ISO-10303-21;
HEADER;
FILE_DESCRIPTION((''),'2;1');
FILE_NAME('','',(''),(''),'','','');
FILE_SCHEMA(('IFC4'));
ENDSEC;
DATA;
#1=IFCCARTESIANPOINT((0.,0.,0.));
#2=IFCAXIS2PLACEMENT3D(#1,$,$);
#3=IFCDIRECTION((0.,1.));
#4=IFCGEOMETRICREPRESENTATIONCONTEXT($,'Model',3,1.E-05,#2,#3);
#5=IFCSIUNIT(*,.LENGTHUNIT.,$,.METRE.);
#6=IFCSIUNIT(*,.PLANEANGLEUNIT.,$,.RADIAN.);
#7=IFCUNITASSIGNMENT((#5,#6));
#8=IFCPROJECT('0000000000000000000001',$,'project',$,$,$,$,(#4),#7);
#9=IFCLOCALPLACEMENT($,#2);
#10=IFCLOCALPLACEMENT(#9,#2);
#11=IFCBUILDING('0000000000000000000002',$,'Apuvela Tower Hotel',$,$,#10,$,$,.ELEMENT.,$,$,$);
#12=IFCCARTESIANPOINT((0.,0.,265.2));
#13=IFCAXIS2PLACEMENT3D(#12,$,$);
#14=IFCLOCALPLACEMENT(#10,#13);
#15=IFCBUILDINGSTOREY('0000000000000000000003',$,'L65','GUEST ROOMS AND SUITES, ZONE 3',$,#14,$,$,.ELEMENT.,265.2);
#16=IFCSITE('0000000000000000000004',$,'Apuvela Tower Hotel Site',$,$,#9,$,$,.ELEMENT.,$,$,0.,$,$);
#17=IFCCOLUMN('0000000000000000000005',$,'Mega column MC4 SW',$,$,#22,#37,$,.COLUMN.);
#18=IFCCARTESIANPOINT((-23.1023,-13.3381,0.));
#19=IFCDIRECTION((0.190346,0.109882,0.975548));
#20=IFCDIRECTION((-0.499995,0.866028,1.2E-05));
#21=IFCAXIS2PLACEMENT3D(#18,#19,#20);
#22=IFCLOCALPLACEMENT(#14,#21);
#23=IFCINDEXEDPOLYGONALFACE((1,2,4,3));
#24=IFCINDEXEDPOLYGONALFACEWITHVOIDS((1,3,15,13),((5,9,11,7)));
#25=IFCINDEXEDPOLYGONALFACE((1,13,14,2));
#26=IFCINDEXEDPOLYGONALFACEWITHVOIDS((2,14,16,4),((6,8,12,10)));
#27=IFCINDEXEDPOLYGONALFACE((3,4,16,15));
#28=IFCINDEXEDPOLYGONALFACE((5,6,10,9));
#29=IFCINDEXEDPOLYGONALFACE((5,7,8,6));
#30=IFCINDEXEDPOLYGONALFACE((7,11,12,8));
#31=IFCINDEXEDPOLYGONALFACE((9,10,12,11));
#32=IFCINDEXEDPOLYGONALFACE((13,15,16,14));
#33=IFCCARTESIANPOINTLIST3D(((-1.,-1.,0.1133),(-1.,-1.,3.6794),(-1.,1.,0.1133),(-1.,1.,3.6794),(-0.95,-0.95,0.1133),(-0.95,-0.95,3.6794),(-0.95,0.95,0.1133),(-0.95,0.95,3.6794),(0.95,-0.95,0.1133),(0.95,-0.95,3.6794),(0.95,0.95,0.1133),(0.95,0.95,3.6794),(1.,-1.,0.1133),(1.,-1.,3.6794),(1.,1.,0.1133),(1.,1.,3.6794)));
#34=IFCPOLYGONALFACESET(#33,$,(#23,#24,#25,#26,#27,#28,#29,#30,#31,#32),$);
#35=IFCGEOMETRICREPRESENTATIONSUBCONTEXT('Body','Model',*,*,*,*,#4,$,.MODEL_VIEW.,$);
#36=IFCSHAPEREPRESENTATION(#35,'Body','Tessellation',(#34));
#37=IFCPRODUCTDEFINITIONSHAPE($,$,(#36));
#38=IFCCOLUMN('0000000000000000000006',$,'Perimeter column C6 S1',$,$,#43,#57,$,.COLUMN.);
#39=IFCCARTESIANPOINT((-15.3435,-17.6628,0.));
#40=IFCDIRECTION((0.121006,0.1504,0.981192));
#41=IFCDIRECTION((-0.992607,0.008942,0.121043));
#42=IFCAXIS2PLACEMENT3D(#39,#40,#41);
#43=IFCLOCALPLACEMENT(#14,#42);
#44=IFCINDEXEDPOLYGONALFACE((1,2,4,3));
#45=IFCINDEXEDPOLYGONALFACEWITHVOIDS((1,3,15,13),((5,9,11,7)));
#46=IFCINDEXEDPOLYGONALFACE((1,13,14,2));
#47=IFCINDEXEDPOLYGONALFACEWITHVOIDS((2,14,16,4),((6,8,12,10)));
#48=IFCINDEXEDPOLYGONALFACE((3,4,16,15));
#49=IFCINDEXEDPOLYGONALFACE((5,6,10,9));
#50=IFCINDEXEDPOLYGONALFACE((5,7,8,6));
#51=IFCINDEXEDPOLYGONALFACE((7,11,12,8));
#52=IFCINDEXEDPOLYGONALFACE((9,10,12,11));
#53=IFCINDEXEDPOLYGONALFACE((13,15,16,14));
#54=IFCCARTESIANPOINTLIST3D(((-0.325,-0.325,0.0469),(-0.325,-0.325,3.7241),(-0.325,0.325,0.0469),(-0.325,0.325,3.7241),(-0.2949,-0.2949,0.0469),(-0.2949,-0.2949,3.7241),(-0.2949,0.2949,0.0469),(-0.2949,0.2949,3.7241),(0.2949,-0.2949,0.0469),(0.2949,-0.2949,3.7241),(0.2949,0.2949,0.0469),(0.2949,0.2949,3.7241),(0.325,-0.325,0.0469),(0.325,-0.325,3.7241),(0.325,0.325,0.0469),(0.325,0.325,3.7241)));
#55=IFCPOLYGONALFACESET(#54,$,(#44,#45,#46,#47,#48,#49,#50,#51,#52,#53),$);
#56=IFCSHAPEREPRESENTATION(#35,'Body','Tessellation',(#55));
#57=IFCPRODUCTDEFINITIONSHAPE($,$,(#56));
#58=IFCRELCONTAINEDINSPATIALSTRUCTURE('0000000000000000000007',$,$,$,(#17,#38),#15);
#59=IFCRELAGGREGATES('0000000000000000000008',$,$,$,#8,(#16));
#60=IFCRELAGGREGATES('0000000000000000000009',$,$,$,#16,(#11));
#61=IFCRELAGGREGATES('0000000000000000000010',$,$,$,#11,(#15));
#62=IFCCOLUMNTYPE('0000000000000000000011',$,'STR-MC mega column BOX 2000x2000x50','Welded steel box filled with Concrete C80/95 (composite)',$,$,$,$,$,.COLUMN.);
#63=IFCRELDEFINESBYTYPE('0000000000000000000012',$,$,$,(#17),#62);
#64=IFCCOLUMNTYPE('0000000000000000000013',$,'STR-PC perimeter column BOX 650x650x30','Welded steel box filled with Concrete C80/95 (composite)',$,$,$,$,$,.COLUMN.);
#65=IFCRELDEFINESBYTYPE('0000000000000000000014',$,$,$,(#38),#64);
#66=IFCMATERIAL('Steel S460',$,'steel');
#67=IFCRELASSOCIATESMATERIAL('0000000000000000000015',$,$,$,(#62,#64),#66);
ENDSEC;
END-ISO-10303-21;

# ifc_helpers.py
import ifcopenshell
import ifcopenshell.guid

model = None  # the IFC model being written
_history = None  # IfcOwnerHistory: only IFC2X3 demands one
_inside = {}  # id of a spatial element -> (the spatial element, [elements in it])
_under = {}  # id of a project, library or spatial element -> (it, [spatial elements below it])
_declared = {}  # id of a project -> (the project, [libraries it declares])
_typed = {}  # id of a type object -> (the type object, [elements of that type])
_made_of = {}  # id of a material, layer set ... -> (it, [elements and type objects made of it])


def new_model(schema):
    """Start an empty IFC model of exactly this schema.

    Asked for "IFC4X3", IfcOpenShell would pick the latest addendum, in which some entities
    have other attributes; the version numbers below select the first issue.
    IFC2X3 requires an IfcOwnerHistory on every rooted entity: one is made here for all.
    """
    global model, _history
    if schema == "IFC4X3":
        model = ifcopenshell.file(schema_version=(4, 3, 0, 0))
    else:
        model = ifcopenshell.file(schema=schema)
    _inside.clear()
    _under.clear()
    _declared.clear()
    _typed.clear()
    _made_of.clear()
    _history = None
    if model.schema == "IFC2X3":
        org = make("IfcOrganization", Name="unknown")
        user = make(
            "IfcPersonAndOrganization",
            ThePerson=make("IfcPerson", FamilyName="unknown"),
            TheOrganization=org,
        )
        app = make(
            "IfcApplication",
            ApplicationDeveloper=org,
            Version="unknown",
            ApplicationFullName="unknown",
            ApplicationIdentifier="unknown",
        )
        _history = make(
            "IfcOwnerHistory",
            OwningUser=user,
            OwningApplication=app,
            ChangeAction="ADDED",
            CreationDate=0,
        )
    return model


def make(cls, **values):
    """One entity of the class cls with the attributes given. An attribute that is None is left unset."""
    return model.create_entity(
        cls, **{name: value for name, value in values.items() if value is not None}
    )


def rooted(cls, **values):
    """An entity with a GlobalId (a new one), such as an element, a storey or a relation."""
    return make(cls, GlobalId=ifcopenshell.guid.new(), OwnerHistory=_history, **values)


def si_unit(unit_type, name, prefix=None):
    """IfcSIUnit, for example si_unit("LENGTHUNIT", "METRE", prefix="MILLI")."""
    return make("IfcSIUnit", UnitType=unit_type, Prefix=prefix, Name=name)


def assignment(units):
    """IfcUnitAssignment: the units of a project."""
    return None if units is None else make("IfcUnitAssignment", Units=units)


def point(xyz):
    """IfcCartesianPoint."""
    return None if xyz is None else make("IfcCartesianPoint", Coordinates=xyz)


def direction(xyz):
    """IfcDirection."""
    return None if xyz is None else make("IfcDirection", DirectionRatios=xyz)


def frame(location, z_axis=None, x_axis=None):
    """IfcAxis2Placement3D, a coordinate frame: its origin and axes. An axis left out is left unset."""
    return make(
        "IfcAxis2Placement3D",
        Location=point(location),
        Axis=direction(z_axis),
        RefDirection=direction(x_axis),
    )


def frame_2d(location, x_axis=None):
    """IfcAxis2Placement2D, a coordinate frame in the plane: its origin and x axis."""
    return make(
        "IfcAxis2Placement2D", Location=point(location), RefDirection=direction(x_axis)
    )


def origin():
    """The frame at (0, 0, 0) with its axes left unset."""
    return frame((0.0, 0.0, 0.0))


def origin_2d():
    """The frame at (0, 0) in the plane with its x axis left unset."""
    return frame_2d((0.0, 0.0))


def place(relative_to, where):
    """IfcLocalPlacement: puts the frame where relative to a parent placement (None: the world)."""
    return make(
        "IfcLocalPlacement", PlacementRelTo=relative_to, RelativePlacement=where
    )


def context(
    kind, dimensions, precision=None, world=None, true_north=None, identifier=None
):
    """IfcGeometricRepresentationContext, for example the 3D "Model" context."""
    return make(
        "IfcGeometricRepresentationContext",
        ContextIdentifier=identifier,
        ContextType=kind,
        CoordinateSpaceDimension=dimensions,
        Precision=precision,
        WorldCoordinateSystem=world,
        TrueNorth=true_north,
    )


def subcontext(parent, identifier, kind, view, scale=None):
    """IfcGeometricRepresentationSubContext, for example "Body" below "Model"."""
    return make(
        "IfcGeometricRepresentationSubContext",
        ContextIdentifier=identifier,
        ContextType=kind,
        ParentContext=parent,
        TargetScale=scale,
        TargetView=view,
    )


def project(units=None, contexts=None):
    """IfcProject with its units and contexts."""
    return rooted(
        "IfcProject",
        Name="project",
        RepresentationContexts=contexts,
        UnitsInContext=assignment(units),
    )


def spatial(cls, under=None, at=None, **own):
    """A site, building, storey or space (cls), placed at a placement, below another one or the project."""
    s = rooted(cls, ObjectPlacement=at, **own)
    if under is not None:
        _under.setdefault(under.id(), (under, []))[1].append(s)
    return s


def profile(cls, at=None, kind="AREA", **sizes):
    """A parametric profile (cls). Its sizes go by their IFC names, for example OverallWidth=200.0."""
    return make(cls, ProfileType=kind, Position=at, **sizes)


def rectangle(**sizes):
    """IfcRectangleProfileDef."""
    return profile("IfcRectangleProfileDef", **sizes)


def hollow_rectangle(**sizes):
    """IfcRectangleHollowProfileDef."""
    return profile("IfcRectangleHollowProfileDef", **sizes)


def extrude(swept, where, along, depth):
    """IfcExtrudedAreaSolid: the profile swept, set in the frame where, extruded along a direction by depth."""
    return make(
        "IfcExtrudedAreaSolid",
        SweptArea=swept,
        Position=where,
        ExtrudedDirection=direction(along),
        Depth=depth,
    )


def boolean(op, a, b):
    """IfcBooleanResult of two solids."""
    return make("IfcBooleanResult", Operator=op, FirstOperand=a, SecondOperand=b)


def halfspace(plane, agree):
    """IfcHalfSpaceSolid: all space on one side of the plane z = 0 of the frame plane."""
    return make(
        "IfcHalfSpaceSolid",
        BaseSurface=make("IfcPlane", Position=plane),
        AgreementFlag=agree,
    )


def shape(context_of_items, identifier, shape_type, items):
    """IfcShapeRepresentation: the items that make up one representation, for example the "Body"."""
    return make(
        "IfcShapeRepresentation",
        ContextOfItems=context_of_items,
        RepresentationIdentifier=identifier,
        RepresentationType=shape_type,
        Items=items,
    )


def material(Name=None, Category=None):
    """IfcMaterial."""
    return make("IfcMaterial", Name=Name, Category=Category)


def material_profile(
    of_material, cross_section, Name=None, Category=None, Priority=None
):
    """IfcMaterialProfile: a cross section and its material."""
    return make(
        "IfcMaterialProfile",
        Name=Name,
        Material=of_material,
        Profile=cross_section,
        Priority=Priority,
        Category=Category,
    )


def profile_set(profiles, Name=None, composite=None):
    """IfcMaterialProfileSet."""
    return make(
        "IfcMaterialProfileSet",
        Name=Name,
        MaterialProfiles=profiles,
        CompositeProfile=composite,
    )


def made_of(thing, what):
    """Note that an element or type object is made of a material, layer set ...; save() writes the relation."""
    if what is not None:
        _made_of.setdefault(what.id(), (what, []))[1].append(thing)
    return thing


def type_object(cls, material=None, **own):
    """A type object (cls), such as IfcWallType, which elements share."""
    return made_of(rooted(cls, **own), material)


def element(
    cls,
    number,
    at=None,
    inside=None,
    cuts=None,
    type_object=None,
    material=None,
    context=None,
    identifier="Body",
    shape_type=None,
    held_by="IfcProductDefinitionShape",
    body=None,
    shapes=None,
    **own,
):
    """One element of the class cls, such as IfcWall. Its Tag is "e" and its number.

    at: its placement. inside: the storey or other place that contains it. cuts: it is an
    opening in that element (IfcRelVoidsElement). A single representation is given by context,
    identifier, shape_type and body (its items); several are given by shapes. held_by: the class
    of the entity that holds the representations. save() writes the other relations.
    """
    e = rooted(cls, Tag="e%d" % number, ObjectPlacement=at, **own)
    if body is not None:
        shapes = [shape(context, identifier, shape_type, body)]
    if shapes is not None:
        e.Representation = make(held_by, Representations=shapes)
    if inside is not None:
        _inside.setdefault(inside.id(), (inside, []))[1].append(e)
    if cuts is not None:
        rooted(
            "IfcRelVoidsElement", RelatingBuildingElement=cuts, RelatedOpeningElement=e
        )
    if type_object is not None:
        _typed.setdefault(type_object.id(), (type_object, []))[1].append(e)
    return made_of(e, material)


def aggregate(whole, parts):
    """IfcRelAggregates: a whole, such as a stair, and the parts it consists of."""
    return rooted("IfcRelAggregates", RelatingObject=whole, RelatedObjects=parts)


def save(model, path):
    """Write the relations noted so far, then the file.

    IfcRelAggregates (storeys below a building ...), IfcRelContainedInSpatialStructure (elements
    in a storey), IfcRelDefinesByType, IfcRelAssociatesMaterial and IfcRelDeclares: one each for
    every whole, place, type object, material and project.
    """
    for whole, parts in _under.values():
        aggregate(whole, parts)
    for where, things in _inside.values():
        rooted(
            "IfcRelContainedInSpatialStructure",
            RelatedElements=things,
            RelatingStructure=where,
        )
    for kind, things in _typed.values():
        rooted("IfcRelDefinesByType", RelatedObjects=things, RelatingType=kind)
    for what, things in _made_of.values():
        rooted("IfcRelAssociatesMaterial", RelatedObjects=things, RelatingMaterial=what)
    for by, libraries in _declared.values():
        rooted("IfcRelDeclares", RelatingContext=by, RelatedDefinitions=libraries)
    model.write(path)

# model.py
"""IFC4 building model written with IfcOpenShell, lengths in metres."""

from ifc_helpers import new_model, si_unit, direction, frame, origin, origin_2d, place, context, subcontext, project, spatial, rectangle, hollow_rectangle, extrude, boolean, halfspace, material, material_profile, profile_set, type_object, element, save


model = new_model("IFC4")

# Units and contexts
model_context = context("Model", 3, precision=1e-05, world=origin(), true_north=direction((0.0, 1.0)))
body_context = subcontext(model_context, "Body", "Model", "MODEL_VIEW")
ifc_project = project(units=[si_unit("LENGTHUNIT", "METRE"), si_unit("PLANEANGLEUNIT", "RADIAN")], contexts=[model_context])

# Site, building, storey
site_placement = place(None, origin())
site = spatial("IfcSite", under=ifc_project, at=site_placement, Name="Apuvela Tower Hotel Site", CompositionType="ELEMENT", RefElevation=0.0)
building_placement = place(site_placement, origin())
building = spatial("IfcBuilding", under=site, at=building_placement, Name="Apuvela Tower Hotel", CompositionType="ELEMENT")
storey_placement = place(building_placement, frame((0.0, 0.0, 265.2)))
storey = spatial("IfcBuildingStorey", under=building, at=storey_placement, Name="L65", Description="GUEST ROOMS AND SUITES, ZONE 3", CompositionType="ELEMENT", Elevation=265.2)

# Columns
ifc_material_1 = material(Name="Steel S460", Category="steel")
ifc_material_profile_1 = material_profile(ifc_material_1, hollow_rectangle(XDim=2.0, YDim=2.0, WallThickness=0.05, at=origin_2d()), Name="BOX 2000x2000x50")
ifc_material_2 = material(Name="Concrete C80/95", Category="concrete")
ifc_material_profile_2 = material_profile(ifc_material_2, rectangle(XDim=1.8999, YDim=1.8999, at=origin_2d()), Name="Concrete C80/95 infill")
ifc_profile_set_1 = profile_set([ifc_material_profile_1, ifc_material_profile_2], Name="Steel S460")
column_type_1 = type_object("IfcColumnType", Name="STR-MC mega column BOX 2000x2000x50", Description="Welded steel box filled with Concrete C80/95 (composite)", PredefinedType="COLUMN", material=ifc_profile_set_1)
column_1_placement = place(storey_placement, frame((-23.1023, -13.3381, 0.0), z_axis=(0.190346, 0.109882, 0.975548), x_axis=(-0.499995, 0.866028, 0.000012)))
element("IfcColumn", 1, at=column_1_placement, inside=storey, type_object=column_type_1, Name="Mega column MC4 SW", PredefinedType="COLUMN", context=body_context, shape_type="SweptSolid", body=[
    boolean("DIFFERENCE", boolean("DIFFERENCE", extrude(hollow_rectangle(XDim=2.0, YDim=2.0, WallThickness=0.05, at=origin_2d()), origin(), (0.0, 0.0, 1.0), 3.7927), halfspace(frame((0.0, 0.0, 0.1133), z_axis=(0.0, 0.0, 1.0), x_axis=(1.0, 0.0, 0.0)), True)), halfspace(frame((0.0, 0.0, 3.6794), z_axis=(0.0, 0.0, 1.0), x_axis=(1.0, 0.0, 0.0)), False)),
])
ifc_material_profile_3 = material_profile(ifc_material_1, hollow_rectangle(XDim=0.6499, YDim=0.6499, WallThickness=0.03, at=origin_2d()), Name="BOX 650x650x30")
ifc_material_profile_4 = material_profile(ifc_material_2, rectangle(XDim=0.5901, YDim=0.5901, at=origin_2d()), Name="Concrete C80/95 infill")
ifc_profile_set_2 = profile_set([ifc_material_profile_3, ifc_material_profile_4], Name="Steel S460")
column_type_2 = type_object("IfcColumnType", Name="STR-PC perimeter column BOX 650x650x30", Description="Welded steel box filled with Concrete C80/95 (composite)", PredefinedType="COLUMN", material=ifc_profile_set_2)
column_2_placement = place(storey_placement, frame((-15.3435, -17.6628, 0.0), z_axis=(0.121006, 0.1504, 0.981192), x_axis=(-0.992607, 0.008942, 0.121043)))
element("IfcColumn", 2, at=column_2_placement, inside=storey, type_object=column_type_2, Name="Perimeter column C6 S1", PredefinedType="COLUMN", context=body_context, shape_type="SweptSolid", body=[
    boolean("DIFFERENCE", boolean("DIFFERENCE", extrude(hollow_rectangle(XDim=0.6499, YDim=0.6499, WallThickness=0.03, at=origin_2d()), origin(), (0.0, 0.0, 1.0), 3.771), halfspace(frame((0.0, 0.0, 0.0469), z_axis=(0.0, 0.0, 1.0), x_axis=(1.0, 0.0, 0.0)), True)), halfspace(frame((0.0, 0.0, 3.7241), z_axis=(0.0, 0.0, 1.0), x_axis=(1.0, 0.0, 0.0)), False)),
])

save(model, "model.ifc")
